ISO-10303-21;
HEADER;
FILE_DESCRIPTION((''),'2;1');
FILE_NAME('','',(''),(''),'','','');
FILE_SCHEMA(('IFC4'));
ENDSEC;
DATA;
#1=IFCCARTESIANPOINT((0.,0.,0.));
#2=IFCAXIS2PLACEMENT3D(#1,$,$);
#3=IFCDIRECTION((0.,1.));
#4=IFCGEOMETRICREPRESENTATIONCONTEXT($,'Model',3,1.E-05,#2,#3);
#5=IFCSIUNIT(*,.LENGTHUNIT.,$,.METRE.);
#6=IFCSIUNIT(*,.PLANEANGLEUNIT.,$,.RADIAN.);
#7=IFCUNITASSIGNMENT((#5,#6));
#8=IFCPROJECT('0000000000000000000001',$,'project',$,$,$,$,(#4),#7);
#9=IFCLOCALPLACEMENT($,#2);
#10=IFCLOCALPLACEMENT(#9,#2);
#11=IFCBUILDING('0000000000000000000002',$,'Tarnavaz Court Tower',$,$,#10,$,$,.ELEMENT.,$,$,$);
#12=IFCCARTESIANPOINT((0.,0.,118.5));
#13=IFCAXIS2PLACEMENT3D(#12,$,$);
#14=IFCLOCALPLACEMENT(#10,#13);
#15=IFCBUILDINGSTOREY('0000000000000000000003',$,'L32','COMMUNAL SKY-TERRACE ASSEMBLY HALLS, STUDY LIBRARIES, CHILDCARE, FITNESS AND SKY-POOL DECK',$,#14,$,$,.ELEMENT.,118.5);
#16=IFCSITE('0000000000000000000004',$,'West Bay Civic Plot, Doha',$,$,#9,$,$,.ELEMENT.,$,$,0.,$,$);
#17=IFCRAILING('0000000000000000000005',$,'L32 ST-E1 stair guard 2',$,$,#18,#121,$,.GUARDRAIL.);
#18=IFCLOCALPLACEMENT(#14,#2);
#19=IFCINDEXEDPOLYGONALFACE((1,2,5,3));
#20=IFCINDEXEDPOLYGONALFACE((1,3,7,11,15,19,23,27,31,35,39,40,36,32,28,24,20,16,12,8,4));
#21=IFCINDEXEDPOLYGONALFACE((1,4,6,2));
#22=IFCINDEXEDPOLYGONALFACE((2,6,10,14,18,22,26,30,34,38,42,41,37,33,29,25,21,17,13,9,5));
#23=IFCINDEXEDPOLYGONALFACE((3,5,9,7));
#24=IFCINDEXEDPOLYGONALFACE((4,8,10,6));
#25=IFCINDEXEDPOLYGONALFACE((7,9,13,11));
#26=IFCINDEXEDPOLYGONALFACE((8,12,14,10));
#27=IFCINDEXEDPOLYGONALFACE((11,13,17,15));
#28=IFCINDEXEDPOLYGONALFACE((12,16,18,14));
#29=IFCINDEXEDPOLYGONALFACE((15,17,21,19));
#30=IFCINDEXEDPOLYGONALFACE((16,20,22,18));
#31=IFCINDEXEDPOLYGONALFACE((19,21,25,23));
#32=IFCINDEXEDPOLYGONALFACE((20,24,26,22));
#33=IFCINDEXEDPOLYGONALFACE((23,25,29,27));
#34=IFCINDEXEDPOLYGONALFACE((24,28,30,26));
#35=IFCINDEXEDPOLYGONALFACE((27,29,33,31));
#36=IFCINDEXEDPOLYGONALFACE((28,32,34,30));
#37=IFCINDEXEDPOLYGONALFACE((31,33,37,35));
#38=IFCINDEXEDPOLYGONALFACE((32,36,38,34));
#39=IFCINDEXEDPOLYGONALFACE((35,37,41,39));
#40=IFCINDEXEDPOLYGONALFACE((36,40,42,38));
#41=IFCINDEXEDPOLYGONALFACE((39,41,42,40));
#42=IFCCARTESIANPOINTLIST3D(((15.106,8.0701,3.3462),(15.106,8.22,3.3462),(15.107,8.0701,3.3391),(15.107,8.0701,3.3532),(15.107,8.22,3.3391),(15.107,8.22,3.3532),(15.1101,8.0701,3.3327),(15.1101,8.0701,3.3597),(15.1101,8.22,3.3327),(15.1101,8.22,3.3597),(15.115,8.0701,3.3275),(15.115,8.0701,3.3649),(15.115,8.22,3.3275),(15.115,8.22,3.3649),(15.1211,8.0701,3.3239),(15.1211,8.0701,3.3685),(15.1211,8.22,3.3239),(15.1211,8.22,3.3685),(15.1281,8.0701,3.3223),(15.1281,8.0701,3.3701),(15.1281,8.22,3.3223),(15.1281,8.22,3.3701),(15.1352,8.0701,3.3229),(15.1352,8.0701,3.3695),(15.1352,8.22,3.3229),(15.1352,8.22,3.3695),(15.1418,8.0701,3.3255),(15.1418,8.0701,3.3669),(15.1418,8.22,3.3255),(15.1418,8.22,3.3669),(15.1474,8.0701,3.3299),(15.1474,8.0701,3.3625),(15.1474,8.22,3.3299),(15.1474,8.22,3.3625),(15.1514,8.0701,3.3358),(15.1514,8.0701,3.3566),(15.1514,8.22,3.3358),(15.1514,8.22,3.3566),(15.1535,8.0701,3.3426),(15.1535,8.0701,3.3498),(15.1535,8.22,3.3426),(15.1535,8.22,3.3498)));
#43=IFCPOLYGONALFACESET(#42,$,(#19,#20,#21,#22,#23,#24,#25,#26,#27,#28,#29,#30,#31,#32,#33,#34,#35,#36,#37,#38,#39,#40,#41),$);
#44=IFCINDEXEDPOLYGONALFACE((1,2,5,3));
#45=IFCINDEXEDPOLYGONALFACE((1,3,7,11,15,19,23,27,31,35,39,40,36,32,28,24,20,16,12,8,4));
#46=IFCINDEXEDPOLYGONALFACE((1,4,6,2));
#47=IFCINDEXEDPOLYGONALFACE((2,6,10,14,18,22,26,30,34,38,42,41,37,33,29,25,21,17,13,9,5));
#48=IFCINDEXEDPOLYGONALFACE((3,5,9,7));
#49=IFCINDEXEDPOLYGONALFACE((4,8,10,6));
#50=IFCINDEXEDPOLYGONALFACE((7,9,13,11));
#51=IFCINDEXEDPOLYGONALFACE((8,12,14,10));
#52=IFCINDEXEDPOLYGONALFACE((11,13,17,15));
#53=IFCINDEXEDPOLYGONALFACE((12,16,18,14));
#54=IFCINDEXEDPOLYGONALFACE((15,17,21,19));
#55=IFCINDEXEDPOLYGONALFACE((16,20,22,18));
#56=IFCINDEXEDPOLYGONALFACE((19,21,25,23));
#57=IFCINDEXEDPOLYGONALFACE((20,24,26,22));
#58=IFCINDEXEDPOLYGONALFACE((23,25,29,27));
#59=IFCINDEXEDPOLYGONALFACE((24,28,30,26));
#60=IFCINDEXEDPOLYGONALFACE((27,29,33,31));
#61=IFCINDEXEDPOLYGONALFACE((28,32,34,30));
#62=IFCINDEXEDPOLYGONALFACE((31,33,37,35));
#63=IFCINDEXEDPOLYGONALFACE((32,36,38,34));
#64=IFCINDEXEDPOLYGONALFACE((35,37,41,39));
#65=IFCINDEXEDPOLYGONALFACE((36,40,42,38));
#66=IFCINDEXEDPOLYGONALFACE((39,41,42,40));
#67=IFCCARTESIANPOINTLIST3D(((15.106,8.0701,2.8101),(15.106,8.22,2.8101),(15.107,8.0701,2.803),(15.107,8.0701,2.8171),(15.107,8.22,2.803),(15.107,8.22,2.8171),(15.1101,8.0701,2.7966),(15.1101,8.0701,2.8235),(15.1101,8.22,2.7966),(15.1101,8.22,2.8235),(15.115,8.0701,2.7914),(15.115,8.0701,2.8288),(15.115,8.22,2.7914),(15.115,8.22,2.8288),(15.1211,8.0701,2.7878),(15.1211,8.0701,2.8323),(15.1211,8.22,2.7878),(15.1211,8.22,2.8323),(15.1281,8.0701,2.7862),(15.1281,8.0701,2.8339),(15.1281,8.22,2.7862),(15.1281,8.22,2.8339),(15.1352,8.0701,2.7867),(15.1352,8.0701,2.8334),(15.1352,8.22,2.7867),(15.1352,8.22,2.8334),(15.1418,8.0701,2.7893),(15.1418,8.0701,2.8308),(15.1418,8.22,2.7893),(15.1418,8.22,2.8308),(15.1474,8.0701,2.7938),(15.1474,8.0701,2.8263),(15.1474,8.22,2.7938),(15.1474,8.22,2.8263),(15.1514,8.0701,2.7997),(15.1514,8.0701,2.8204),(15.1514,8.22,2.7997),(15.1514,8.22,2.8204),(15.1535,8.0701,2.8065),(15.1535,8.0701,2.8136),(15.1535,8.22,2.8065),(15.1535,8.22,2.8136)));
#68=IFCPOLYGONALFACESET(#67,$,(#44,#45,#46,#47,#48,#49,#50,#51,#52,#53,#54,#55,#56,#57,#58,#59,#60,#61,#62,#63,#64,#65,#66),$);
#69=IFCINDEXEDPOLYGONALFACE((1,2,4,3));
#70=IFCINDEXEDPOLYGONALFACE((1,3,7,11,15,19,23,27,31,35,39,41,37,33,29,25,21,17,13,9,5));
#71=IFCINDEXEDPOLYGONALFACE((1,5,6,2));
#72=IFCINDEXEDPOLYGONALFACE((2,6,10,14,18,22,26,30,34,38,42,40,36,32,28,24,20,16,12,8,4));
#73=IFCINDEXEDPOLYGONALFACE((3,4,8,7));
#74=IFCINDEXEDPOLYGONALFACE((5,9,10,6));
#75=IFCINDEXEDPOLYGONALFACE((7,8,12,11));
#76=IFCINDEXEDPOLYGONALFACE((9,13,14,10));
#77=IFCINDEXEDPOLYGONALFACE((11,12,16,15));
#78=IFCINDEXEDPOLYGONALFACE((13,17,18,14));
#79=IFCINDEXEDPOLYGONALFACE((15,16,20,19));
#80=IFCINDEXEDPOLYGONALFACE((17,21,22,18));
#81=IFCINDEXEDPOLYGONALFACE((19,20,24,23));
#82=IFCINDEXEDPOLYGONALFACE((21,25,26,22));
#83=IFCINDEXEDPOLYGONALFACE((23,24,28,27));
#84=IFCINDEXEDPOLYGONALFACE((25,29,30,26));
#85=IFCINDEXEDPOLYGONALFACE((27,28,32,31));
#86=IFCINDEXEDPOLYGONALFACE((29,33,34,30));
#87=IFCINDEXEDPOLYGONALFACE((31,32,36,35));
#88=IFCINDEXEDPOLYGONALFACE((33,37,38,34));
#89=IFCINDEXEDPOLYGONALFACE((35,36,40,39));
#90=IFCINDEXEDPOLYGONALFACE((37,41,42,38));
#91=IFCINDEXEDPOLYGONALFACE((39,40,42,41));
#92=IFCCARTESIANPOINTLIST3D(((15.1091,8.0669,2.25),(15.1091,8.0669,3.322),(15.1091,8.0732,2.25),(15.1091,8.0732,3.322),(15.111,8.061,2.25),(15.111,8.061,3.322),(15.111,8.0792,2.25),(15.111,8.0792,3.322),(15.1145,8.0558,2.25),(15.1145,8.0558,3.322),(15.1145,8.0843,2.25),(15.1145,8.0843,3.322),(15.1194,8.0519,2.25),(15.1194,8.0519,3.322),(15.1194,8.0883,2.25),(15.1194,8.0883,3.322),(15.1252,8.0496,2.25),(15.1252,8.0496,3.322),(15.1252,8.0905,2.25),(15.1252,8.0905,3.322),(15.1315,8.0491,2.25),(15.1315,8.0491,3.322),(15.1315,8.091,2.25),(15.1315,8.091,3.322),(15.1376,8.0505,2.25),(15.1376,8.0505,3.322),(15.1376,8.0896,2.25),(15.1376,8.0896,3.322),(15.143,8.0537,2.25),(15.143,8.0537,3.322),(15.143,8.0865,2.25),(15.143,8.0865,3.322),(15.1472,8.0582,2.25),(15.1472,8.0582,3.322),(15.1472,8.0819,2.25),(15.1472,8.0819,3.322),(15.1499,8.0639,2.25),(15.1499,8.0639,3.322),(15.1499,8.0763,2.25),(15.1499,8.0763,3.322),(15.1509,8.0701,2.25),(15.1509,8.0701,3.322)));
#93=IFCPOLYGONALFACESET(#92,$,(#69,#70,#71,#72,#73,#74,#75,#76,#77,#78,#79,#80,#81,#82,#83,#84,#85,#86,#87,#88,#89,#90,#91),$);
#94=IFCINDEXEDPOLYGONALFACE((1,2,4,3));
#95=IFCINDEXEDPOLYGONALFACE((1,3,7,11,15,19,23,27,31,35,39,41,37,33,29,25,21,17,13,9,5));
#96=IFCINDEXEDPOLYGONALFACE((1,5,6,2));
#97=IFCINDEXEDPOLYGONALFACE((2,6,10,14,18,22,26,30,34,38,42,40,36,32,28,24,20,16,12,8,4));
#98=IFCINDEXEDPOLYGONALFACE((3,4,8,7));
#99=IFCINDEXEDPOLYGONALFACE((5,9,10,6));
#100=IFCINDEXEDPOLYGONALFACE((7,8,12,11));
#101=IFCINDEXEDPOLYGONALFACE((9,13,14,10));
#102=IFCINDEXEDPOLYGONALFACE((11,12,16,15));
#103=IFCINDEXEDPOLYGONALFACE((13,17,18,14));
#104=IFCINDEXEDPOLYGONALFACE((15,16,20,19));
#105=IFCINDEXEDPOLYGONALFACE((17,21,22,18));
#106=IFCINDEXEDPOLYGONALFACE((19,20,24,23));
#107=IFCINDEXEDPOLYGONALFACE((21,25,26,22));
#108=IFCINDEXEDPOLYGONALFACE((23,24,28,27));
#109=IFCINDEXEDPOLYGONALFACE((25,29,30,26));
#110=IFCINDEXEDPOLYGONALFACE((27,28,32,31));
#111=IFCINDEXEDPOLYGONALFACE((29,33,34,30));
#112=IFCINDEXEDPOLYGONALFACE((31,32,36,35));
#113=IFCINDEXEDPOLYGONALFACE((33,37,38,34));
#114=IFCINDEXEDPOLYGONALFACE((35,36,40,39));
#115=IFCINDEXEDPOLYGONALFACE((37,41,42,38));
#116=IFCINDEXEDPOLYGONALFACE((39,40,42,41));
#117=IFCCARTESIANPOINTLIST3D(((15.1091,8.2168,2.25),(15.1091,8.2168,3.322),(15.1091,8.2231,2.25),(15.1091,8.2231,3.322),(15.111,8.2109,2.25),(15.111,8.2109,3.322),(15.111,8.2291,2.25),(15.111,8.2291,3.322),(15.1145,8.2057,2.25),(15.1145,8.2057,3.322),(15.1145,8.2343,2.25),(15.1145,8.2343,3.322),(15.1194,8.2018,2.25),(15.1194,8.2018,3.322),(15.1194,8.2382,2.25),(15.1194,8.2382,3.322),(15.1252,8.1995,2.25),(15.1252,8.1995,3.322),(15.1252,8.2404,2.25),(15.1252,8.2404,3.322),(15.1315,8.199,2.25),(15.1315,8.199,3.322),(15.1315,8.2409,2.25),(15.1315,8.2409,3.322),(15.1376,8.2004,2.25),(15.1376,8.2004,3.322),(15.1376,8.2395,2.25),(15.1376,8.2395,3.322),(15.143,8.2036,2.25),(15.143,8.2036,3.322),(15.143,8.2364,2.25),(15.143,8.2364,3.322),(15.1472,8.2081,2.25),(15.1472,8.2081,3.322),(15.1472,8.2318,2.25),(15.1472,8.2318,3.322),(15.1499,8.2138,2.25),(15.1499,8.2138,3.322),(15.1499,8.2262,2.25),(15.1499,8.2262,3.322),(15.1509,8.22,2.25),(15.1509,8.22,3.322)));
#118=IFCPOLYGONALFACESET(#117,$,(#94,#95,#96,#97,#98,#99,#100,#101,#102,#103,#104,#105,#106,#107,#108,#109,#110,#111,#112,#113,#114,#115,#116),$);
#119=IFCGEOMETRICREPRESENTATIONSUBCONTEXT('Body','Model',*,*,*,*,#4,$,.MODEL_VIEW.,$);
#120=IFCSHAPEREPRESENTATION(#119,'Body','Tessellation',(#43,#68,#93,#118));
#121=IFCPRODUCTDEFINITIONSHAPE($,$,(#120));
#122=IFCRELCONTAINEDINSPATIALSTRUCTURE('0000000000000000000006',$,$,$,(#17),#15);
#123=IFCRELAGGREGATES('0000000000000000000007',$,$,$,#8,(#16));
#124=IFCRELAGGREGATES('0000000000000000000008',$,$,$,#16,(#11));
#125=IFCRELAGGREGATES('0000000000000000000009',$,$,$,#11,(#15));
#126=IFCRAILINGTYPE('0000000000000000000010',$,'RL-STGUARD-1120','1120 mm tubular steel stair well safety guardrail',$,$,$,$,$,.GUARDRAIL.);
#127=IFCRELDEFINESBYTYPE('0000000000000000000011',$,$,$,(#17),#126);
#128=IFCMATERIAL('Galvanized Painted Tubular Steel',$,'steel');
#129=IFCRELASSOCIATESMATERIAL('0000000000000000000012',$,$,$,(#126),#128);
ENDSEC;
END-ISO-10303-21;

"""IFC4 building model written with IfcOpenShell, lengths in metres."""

from ifc_helpers import new_model, si_unit, direction, frame, origin, origin_2d, place, context, subcontext, project, spatial, circle, extrude, material, type_object, element, save


model = new_model("IFC4")

# Units and contexts
model_context = context("Model", 3, precision=1e-05, world=origin(), true_north=direction((0.0, 1.0)))
body_context = subcontext(model_context, "Body", "Model", "MODEL_VIEW")
ifc_project = project(units=[si_unit("LENGTHUNIT", "METRE"), si_unit("PLANEANGLEUNIT", "RADIAN")], contexts=[model_context])

# Site, building, storey
site_placement = place(None, origin())
site = spatial("IfcSite", under=ifc_project, at=site_placement, Name="West Bay Civic Plot, Doha", CompositionType="ELEMENT", RefElevation=0.0)
building_placement = place(site_placement, origin())
building = spatial("IfcBuilding", under=site, at=building_placement, Name="Tarnavaz Court Tower", CompositionType="ELEMENT")
storey_placement = place(building_placement, frame((0.0, 0.0, 118.5)))
storey = spatial("IfcBuildingStorey", under=building, at=storey_placement, Name="L32", Description="COMMUNAL SKY-TERRACE ASSEMBLY HALLS, STUDY LIBRARIES, CHILDCARE, FITNESS AND SKY-POOL DECK", CompositionType="ELEMENT", Elevation=118.5)

# Railing
ifc_material_1 = material(Name="Galvanized Painted Tubular Steel", Category="steel")
railing_type_1 = type_object("IfcRailingType", Name="RL-STGUARD-1120", Description="1120 mm tubular steel stair well safety guardrail", PredefinedType="GUARDRAIL", material=ifc_material_1)
railing_1_placement = place(storey_placement, frame((15.1299, 8.0701, 2.25)))
element("IfcRailing", 1, at=railing_1_placement, inside=storey, type_object=railing_type_1, Name="L32 ST-E1 stair guard 2", PredefinedType="GUARDRAIL", context=body_context, shape_type="SweptSolid", body=[
    extrude(circle(Radius=0.0239, at=origin_2d()), frame((0.0, 0.0, 1.0962), z_axis=(0.0, 1.0, 0.0), x_axis=(-1.0, 0.0, 0.0)), (0.0, 0.0, 1.0), 0.1499),
    extrude(circle(Radius=0.0239, at=origin_2d()), frame((0.0, 0.0, 0.5601), z_axis=(0.0, 1.0, 0.0), x_axis=(-1.0, 0.0, 0.0)), (0.0, 0.0, 1.0), 0.1499),
    extrude(circle(Radius=0.021, at=origin_2d()), origin(), (0.0, 0.0, 1.0), 1.072),
    extrude(circle(Radius=0.021, at=origin_2d()), frame((0.0, 0.1499, 0.0)), (0.0, 0.0, 1.0), 1.072),
])

save(model, "model.ifc")
